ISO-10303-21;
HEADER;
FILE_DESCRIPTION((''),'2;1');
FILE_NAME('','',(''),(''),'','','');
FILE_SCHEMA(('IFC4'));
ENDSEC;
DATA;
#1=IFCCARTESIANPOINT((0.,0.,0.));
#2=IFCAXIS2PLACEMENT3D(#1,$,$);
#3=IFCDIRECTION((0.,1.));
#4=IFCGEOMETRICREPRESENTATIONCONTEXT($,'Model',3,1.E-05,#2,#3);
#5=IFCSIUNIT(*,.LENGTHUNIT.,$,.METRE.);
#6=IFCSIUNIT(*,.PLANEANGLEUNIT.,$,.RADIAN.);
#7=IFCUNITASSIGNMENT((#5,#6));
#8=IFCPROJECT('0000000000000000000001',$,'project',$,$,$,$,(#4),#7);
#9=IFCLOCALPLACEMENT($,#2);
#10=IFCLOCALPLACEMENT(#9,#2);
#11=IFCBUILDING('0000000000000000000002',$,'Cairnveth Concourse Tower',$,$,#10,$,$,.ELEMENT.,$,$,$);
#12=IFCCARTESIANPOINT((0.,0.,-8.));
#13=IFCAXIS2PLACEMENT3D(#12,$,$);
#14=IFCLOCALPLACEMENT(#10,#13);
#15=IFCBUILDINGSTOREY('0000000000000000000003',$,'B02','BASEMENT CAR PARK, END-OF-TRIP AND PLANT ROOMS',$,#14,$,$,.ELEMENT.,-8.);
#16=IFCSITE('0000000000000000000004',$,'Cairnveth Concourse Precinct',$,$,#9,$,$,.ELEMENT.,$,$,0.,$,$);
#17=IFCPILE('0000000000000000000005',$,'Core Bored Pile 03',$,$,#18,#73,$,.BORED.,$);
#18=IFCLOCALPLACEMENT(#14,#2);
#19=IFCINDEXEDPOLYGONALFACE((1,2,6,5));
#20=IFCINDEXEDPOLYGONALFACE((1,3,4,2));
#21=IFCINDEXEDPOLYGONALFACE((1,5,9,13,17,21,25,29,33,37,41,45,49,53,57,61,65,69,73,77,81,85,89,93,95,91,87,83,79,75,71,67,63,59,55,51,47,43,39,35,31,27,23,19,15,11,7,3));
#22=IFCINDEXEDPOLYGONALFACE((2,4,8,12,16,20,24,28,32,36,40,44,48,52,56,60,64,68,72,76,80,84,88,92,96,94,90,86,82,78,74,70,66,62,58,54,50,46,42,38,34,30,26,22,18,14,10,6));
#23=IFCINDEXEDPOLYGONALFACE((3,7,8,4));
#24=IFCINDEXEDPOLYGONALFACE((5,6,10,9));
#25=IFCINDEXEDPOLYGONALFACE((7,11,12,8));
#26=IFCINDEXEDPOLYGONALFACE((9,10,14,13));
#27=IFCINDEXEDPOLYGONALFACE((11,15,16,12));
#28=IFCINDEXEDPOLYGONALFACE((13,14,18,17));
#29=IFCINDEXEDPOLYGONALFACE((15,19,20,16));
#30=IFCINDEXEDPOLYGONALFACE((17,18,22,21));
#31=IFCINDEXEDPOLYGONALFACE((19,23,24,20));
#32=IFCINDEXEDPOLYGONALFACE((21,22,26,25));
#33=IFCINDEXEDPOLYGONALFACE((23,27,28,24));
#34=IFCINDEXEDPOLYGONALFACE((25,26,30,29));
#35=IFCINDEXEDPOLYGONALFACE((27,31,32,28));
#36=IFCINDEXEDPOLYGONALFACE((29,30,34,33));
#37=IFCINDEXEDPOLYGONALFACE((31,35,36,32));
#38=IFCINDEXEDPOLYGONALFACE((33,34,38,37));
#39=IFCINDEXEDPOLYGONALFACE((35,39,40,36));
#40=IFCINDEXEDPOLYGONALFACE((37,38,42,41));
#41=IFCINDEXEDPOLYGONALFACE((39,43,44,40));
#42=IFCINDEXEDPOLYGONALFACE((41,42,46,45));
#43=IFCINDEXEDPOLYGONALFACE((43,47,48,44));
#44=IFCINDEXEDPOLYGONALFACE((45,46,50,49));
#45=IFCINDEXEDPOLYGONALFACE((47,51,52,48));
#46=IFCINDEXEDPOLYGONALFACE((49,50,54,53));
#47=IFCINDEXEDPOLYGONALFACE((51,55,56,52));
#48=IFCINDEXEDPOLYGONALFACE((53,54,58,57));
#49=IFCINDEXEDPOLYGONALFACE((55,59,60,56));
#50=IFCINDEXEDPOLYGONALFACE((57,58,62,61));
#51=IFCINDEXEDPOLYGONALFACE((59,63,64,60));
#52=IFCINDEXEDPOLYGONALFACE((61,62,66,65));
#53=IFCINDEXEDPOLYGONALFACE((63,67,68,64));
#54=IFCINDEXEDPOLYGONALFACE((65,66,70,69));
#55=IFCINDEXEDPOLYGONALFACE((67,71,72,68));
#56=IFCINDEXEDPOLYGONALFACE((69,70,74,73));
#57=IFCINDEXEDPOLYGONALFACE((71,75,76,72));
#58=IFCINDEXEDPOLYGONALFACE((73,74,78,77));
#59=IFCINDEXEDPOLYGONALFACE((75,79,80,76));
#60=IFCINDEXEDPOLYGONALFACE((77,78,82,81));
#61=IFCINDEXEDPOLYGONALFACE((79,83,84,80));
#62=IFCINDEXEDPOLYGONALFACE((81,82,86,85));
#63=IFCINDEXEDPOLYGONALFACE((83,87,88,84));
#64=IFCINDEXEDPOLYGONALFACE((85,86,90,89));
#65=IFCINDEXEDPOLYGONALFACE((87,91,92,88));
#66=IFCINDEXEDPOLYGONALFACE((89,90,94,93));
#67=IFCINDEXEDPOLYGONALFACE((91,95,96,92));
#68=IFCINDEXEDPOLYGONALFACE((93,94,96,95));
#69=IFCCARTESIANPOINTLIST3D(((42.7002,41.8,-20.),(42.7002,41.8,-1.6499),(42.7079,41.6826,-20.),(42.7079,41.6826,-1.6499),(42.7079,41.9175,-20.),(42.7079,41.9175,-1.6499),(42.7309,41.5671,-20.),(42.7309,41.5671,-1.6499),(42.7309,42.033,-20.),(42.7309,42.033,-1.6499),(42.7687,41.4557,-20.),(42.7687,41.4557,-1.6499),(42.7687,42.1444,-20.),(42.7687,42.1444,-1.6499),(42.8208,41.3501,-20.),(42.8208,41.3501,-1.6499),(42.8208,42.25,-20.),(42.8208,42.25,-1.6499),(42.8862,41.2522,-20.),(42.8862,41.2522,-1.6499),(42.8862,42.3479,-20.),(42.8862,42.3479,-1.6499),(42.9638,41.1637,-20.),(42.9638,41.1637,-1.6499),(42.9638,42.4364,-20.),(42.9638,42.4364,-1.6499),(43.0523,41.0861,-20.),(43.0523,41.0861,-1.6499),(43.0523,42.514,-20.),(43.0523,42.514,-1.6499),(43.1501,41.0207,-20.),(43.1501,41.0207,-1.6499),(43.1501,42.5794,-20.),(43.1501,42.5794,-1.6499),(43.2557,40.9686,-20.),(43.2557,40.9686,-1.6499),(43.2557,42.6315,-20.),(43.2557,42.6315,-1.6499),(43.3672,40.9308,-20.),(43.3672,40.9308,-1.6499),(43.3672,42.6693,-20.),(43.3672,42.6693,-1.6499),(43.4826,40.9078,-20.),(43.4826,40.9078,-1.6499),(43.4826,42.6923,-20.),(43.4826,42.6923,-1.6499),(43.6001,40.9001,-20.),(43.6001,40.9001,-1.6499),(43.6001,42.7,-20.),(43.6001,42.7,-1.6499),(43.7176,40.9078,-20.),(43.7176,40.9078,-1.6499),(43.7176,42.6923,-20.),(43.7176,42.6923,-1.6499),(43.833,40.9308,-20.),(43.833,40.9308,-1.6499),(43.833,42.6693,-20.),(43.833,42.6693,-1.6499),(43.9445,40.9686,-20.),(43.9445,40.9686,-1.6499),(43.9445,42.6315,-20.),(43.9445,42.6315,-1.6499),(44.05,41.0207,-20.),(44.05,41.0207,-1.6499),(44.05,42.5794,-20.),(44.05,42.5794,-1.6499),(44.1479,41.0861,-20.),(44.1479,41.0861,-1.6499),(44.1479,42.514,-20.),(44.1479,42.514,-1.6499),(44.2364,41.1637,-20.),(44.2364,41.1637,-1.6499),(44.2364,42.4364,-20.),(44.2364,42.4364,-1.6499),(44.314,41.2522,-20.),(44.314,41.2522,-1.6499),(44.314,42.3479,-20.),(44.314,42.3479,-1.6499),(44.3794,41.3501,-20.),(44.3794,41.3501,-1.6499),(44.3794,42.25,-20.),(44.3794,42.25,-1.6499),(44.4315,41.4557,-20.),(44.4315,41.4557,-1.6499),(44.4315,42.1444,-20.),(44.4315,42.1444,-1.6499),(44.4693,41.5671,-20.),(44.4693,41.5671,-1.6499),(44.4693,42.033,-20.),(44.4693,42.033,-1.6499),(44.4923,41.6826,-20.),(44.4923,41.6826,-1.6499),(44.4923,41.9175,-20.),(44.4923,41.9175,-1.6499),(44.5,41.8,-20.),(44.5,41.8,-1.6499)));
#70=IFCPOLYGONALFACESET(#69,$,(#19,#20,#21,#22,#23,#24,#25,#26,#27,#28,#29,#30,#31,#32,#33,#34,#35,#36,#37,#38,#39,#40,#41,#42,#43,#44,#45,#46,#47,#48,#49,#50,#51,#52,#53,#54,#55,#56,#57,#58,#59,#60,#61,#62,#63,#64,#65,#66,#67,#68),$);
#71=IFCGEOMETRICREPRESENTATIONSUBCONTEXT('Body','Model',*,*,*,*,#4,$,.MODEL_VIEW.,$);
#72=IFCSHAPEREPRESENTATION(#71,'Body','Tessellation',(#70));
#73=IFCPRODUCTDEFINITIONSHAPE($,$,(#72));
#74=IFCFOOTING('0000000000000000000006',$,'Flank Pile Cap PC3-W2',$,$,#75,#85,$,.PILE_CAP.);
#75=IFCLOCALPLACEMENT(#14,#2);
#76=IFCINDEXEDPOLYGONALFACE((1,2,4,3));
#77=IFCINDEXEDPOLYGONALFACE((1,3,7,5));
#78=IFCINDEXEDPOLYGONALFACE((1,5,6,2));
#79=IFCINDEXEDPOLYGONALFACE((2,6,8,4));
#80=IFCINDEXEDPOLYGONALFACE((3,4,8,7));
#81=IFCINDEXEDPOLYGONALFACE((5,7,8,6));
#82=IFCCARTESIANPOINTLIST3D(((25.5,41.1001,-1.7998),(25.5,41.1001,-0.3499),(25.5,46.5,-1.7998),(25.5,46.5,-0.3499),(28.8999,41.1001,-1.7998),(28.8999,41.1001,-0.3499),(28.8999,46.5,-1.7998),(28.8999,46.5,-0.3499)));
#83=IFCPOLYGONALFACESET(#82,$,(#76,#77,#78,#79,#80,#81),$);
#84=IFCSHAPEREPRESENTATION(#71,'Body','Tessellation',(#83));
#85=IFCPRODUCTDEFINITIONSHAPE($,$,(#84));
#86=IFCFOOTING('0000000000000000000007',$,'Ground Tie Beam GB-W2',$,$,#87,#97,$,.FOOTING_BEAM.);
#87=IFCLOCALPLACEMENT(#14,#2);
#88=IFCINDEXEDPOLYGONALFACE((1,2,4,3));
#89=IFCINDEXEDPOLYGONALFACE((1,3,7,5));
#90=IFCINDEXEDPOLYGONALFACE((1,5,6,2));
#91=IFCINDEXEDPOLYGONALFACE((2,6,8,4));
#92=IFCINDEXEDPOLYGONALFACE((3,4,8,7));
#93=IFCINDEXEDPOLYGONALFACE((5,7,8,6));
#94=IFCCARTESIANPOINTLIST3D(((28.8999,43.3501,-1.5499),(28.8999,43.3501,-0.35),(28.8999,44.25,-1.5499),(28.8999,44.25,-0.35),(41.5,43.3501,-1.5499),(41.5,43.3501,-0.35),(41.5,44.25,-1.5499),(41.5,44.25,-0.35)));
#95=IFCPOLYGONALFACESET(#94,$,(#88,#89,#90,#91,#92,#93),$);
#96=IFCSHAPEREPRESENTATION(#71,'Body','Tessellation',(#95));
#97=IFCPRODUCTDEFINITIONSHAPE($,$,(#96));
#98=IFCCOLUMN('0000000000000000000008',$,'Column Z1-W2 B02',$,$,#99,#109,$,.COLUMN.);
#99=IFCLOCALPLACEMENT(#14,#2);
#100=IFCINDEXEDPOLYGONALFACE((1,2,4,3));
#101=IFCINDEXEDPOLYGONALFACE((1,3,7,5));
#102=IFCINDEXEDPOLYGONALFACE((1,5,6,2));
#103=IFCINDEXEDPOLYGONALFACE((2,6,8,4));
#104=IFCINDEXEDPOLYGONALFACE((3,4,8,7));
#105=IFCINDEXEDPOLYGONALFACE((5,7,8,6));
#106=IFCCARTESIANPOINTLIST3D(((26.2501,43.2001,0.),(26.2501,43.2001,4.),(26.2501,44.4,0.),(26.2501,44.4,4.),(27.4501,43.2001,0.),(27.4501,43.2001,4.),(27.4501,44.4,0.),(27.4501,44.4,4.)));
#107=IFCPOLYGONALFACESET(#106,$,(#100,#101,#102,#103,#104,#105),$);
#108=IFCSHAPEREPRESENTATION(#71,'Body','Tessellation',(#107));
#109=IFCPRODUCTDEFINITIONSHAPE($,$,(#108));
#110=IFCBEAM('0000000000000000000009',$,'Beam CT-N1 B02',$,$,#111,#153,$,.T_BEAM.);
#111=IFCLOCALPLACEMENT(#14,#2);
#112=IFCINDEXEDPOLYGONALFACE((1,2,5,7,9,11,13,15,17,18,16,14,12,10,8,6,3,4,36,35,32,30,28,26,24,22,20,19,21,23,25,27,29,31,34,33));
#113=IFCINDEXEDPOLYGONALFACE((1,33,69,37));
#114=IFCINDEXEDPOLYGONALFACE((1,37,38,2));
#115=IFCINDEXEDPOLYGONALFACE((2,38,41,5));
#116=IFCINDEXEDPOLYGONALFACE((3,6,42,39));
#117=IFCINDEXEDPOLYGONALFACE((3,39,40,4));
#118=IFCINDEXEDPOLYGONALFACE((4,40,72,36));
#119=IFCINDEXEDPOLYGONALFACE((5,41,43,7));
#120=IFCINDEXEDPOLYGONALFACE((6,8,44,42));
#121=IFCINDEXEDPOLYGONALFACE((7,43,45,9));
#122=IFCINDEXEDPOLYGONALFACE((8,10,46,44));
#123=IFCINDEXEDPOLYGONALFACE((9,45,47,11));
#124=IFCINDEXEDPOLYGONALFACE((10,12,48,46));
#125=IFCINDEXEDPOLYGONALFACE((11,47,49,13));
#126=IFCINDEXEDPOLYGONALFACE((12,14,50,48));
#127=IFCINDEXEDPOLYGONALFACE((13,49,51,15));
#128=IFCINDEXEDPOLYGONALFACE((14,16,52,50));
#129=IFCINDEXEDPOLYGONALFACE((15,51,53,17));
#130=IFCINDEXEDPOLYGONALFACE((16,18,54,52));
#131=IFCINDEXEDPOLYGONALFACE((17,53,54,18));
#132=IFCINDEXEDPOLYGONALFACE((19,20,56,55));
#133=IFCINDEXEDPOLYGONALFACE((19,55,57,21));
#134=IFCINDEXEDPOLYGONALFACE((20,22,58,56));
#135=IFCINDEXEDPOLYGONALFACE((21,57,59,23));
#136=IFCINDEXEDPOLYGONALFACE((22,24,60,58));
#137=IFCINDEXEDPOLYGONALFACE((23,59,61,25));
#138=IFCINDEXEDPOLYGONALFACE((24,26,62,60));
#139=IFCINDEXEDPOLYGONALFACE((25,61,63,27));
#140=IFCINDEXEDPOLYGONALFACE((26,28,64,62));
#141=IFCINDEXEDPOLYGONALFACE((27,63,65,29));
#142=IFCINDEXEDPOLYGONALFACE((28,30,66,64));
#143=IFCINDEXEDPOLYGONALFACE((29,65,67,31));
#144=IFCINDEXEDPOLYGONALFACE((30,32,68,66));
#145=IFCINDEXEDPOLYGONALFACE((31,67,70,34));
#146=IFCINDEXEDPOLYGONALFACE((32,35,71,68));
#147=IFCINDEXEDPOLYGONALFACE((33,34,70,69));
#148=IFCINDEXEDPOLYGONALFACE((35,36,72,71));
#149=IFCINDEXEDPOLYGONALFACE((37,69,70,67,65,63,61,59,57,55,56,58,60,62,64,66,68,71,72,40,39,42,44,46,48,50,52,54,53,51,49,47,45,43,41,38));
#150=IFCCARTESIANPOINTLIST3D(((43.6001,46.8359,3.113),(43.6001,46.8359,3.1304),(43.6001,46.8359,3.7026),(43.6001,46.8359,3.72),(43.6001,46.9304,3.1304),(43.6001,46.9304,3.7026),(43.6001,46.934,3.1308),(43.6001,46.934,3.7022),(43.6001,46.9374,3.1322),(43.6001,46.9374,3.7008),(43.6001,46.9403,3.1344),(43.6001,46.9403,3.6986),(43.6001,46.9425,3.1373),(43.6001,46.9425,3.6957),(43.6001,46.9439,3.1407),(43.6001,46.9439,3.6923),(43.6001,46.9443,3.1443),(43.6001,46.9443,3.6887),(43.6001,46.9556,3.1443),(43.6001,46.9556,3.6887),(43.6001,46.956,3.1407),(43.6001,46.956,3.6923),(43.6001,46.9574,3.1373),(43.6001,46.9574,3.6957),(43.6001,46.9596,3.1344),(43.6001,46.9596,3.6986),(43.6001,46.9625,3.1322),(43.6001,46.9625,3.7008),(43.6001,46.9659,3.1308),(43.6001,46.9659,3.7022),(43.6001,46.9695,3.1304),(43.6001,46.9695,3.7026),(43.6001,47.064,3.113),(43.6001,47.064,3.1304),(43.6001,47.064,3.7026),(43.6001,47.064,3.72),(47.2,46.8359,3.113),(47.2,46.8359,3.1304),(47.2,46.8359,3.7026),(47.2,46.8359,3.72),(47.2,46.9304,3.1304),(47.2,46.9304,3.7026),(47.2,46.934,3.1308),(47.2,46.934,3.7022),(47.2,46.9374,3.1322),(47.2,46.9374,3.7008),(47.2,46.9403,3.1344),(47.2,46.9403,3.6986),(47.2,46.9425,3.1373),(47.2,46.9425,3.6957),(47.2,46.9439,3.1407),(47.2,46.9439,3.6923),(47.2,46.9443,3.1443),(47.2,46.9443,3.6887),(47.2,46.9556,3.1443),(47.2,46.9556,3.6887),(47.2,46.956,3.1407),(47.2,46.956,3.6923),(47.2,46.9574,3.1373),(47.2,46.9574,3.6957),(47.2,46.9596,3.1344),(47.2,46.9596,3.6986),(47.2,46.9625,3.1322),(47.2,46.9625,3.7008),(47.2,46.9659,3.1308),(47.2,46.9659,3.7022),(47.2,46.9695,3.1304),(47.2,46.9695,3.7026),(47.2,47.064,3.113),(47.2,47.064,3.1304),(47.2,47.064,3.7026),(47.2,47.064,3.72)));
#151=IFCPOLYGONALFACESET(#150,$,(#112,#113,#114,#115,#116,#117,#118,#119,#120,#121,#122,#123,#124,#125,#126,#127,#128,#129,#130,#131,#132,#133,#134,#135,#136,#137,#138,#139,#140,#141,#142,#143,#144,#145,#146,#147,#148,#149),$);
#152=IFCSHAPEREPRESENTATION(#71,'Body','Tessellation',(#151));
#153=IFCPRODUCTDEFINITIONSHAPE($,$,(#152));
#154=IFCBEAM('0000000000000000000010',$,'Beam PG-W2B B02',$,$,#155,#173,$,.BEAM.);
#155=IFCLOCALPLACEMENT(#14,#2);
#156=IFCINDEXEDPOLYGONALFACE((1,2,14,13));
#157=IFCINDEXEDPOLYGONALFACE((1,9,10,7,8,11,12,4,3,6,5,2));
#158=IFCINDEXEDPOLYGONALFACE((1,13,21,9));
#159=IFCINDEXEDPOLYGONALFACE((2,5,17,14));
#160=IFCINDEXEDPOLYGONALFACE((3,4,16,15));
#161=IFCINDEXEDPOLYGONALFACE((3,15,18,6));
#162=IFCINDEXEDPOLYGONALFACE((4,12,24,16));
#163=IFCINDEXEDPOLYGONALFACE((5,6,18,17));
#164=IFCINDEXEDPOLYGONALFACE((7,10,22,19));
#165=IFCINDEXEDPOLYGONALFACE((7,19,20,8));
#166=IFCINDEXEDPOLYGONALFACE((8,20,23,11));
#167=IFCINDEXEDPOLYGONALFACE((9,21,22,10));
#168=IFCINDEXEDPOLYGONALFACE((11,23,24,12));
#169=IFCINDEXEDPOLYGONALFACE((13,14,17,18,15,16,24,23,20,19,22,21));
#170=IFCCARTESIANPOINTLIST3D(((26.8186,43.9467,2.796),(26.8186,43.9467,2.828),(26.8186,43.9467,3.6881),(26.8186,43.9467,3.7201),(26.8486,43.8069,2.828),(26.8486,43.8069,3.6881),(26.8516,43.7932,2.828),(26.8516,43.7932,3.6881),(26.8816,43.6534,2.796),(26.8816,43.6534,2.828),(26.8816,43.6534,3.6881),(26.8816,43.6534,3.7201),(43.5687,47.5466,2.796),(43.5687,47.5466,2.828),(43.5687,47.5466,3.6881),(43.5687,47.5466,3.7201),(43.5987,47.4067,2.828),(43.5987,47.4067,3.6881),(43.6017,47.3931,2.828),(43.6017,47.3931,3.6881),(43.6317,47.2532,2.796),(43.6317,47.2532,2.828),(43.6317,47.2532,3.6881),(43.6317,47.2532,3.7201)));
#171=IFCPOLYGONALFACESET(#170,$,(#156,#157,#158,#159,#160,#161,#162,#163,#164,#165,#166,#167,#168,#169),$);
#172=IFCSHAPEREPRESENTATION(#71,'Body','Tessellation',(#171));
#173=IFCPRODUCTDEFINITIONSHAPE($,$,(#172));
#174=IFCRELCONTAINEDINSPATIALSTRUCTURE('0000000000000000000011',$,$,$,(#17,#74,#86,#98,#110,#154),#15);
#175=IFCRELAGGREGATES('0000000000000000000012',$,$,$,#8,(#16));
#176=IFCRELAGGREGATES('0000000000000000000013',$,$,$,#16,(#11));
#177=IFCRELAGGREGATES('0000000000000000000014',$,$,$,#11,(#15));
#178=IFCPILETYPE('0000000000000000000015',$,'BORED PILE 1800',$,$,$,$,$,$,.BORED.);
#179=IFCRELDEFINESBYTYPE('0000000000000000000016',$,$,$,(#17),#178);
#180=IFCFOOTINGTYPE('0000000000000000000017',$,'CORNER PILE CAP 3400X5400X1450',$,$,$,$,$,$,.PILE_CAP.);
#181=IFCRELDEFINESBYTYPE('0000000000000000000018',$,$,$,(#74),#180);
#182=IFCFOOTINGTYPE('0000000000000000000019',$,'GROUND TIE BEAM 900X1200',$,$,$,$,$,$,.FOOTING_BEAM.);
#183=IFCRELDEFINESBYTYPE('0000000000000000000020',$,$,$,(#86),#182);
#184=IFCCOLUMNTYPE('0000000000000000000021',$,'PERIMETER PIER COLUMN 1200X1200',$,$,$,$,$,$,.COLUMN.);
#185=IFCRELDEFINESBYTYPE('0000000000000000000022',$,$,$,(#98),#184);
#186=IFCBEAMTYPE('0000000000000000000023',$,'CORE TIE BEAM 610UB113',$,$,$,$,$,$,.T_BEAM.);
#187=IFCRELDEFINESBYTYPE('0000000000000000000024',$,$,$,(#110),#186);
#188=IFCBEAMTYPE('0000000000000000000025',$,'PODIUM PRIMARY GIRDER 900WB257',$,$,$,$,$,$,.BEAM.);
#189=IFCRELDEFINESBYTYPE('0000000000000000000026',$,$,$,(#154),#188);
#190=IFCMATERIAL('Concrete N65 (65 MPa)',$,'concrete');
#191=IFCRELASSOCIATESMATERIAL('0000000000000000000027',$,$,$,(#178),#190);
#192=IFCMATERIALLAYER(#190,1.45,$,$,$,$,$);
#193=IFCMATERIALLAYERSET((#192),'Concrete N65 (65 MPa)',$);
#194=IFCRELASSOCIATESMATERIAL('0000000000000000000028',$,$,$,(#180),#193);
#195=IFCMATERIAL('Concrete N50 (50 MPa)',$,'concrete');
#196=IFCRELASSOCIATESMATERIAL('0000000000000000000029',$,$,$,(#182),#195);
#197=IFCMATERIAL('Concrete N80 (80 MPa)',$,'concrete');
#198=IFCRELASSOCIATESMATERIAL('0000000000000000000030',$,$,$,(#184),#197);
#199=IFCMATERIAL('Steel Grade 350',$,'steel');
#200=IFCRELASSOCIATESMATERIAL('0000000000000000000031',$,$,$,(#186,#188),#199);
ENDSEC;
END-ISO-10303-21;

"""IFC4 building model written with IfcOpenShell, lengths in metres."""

from ifc_helpers import new_model, si_unit, direction, frame, origin, origin_2d, place, context, subcontext, project, spatial, rectangle, circle, i_section, extrude, material, layer, layer_set, material_profile, profile_set, type_object, element, save


model = new_model("IFC4")

# Units and contexts
model_context = context("Model", 3, precision=1e-05, world=origin(), true_north=direction((0.0, 1.0)))
body_context = subcontext(model_context, "Body", "Model", "MODEL_VIEW")
ifc_project = project(units=[si_unit("LENGTHUNIT", "METRE"), si_unit("PLANEANGLEUNIT", "RADIAN")], contexts=[model_context])

# Site, building, storey
site_placement = place(None, origin())
site = spatial("IfcSite", under=ifc_project, at=site_placement, Name="Cairnveth Concourse Precinct", CompositionType="ELEMENT", RefElevation=0.0)
building_placement = place(site_placement, origin())
building = spatial("IfcBuilding", under=site, at=building_placement, Name="Cairnveth Concourse Tower", CompositionType="ELEMENT")
storey_placement = place(building_placement, frame((0.0, 0.0, -8.0)))
storey = spatial("IfcBuildingStorey", under=building, at=storey_placement, Name="B02", Description="BASEMENT CAR PARK, END-OF-TRIP AND PLANT ROOMS", CompositionType="ELEMENT", Elevation=-8.0)

# Pile
ifc_material_1 = material(Name="Concrete N50 (50 MPa)", Category="concrete")
ifc_material_2 = material(Name="Concrete N65 (65 MPa)", Category="concrete")
ifc_material_profile_1 = material_profile(ifc_material_2, circle(Radius=0.8999, at=origin_2d()), Name="PILE-1800")
ifc_profile_set_1 = profile_set([ifc_material_profile_1], Name="Concrete N65 (65 MPa)")
pile_type_1 = type_object("IfcPileType", Name="BORED PILE 1800", PredefinedType="BORED", material=ifc_profile_set_1)
for number, where, z_axis, x_axis, name in (
    (1, (43.6001, 41.8, -1.6499), (0.0, 0.0, -1.0), (1.0, 0.0, 0.0), "Core Bored Pile 03"),
):
    element("IfcPile", number, at=place(storey_placement, frame(where, z_axis=z_axis, x_axis=x_axis)), inside=storey, type_object=pile_type_1, Name=name, PredefinedType="BORED", context=body_context, shape_type="SweptSolid", body=[
        extrude(circle(Radius=0.8999, at=origin_2d()), origin(), (0.0, 0.0, 1.0), 18.3501),
    ])

# Footings
ifc_layer_1 = layer(ifc_material_2, 1.45)
ifc_layer_set_1 = layer_set([ifc_layer_1], Name="Concrete N65 (65 MPa)")
footing_type_1 = type_object("IfcFootingType", Name="CORNER PILE CAP 3400X5400X1450", PredefinedType="PILE_CAP", material=ifc_layer_set_1)
footing_1_placement = place(storey_placement, frame((27.2, 43.8, -1.7998), z_axis=(0.0, 0.0, 1.0), x_axis=(1.0, 0.0, 0.0)))
element("IfcFooting", 2, at=footing_1_placement, inside=storey, type_object=footing_type_1, Name="Flank Pile Cap PC3-W2", PredefinedType="PILE_CAP", context=body_context, shape_type="SweptSolid", body=[
    extrude(rectangle(XDim=3.3999, YDim=5.3999, at=origin_2d()), origin(), (0.0, 0.0, 1.0), 1.45),
])
ifc_material_profile_2 = material_profile(ifc_material_1, rectangle(XDim=0.8999, YDim=1.2, at=origin_2d()), Name="RC-GB-900x1200")
ifc_profile_set_2 = profile_set([ifc_material_profile_2], Name="Concrete N50 (50 MPa)")
footing_type_2 = type_object("IfcFootingType", Name="GROUND TIE BEAM 900X1200", PredefinedType="FOOTING_BEAM", material=ifc_profile_set_2)
footing_2_placement = place(storey_placement, frame((28.8999, 43.8, -0.95), z_axis=(1.0, 0.0, 0.0), x_axis=(0.0, 1.0, 0.0)))
element("IfcFooting", 3, at=footing_2_placement, inside=storey, type_object=footing_type_2, Name="Ground Tie Beam GB-W2", PredefinedType="FOOTING_BEAM", context=body_context, shape_type="SweptSolid", body=[
    extrude(rectangle(XDim=0.8999, YDim=1.2, at=origin_2d()), origin(), (0.0, 0.0, 1.0), 12.6001),
])

# Column
ifc_material_3 = material(Name="Concrete N80 (80 MPa)", Category="concrete")
ifc_material_profile_3 = material_profile(ifc_material_3, rectangle(XDim=1.2, YDim=1.2, at=origin_2d()), Name="RC-COL-1200x1200")
ifc_profile_set_3 = profile_set([ifc_material_profile_3], Name="Concrete N80 (80 MPa)")
column_type = type_object("IfcColumnType", Name="PERIMETER PIER COLUMN 1200X1200", PredefinedType="COLUMN", material=ifc_profile_set_3)
column_placement = place(storey_placement, frame((26.8501, 43.8, 0.0), z_axis=(0.0, 0.0, 1.0), x_axis=(1.0, 0.0, 0.0)))
element("IfcColumn", 4, at=column_placement, inside=storey, type_object=column_type, Name="Column Z1-W2 B02", PredefinedType="COLUMN", context=body_context, shape_type="SweptSolid", body=[
    extrude(rectangle(XDim=1.2, YDim=1.2, at=origin_2d()), origin(), (0.0, 0.0, 1.0), 4.0),
])

# Beams
ifc_material_4 = material(Name="Steel Grade 350", Category="steel")
ifc_material_profile_4 = material_profile(ifc_material_4, i_section(OverallWidth=0.228, OverallDepth=0.6069, WebThickness=0.0112, FlangeThickness=0.0173, FilletRadius=0.0139, at=origin_2d()), Name="610UB113")
ifc_profile_set_4 = profile_set([ifc_material_profile_4], Name="Steel Grade 350")
beam_type_1 = type_object("IfcBeamType", Name="CORE TIE BEAM 610UB113", PredefinedType="T_BEAM", material=ifc_profile_set_4)
beam_1_placement = place(storey_placement, frame((43.6001, 46.95, 3.4165), z_axis=(1.0, 0.0, 0.0), x_axis=(0.0, 1.0, 0.0)))
element("IfcBeam", 5, at=beam_1_placement, inside=storey, type_object=beam_type_1, Name="Beam CT-N1 B02", PredefinedType="T_BEAM", context=body_context, shape_type="SweptSolid", body=[
    extrude(i_section(OverallWidth=0.228, OverallDepth=0.6069, WebThickness=0.0112, FlangeThickness=0.0173, FilletRadius=0.0139, at=origin_2d()), origin(), (0.0, 0.0, 1.0), 3.5999),
])
ifc_material_profile_5 = material_profile(ifc_material_4, i_section(OverallWidth=0.3, OverallDepth=0.9241, WebThickness=0.0139, FlangeThickness=0.032, at=origin_2d()), Name="900WB257")
ifc_profile_set_5 = profile_set([ifc_material_profile_5], Name="Steel Grade 350")
beam_type_2 = type_object("IfcBeamType", Name="PODIUM PRIMARY GIRDER 900WB257", PredefinedType="BEAM", material=ifc_profile_set_5)
beam_2_placement = place(storey_placement, frame((26.8501, 43.8, 3.2581), z_axis=(0.977676, 0.210119, 0.0), x_axis=(-0.210119, 0.977676, 0.0)))
element("IfcBeam", 6, at=beam_2_placement, inside=storey, type_object=beam_type_2, Name="Beam PG-W2B B02", PredefinedType="BEAM", context=body_context, shape_type="SweptSolid", body=[
    extrude(i_section(OverallWidth=0.3, OverallDepth=0.9241, WebThickness=0.0139, FlangeThickness=0.032, at=origin_2d()), origin(), (0.0, 0.0, 1.0), 17.1326),
])

save(model, "model.ifc")
